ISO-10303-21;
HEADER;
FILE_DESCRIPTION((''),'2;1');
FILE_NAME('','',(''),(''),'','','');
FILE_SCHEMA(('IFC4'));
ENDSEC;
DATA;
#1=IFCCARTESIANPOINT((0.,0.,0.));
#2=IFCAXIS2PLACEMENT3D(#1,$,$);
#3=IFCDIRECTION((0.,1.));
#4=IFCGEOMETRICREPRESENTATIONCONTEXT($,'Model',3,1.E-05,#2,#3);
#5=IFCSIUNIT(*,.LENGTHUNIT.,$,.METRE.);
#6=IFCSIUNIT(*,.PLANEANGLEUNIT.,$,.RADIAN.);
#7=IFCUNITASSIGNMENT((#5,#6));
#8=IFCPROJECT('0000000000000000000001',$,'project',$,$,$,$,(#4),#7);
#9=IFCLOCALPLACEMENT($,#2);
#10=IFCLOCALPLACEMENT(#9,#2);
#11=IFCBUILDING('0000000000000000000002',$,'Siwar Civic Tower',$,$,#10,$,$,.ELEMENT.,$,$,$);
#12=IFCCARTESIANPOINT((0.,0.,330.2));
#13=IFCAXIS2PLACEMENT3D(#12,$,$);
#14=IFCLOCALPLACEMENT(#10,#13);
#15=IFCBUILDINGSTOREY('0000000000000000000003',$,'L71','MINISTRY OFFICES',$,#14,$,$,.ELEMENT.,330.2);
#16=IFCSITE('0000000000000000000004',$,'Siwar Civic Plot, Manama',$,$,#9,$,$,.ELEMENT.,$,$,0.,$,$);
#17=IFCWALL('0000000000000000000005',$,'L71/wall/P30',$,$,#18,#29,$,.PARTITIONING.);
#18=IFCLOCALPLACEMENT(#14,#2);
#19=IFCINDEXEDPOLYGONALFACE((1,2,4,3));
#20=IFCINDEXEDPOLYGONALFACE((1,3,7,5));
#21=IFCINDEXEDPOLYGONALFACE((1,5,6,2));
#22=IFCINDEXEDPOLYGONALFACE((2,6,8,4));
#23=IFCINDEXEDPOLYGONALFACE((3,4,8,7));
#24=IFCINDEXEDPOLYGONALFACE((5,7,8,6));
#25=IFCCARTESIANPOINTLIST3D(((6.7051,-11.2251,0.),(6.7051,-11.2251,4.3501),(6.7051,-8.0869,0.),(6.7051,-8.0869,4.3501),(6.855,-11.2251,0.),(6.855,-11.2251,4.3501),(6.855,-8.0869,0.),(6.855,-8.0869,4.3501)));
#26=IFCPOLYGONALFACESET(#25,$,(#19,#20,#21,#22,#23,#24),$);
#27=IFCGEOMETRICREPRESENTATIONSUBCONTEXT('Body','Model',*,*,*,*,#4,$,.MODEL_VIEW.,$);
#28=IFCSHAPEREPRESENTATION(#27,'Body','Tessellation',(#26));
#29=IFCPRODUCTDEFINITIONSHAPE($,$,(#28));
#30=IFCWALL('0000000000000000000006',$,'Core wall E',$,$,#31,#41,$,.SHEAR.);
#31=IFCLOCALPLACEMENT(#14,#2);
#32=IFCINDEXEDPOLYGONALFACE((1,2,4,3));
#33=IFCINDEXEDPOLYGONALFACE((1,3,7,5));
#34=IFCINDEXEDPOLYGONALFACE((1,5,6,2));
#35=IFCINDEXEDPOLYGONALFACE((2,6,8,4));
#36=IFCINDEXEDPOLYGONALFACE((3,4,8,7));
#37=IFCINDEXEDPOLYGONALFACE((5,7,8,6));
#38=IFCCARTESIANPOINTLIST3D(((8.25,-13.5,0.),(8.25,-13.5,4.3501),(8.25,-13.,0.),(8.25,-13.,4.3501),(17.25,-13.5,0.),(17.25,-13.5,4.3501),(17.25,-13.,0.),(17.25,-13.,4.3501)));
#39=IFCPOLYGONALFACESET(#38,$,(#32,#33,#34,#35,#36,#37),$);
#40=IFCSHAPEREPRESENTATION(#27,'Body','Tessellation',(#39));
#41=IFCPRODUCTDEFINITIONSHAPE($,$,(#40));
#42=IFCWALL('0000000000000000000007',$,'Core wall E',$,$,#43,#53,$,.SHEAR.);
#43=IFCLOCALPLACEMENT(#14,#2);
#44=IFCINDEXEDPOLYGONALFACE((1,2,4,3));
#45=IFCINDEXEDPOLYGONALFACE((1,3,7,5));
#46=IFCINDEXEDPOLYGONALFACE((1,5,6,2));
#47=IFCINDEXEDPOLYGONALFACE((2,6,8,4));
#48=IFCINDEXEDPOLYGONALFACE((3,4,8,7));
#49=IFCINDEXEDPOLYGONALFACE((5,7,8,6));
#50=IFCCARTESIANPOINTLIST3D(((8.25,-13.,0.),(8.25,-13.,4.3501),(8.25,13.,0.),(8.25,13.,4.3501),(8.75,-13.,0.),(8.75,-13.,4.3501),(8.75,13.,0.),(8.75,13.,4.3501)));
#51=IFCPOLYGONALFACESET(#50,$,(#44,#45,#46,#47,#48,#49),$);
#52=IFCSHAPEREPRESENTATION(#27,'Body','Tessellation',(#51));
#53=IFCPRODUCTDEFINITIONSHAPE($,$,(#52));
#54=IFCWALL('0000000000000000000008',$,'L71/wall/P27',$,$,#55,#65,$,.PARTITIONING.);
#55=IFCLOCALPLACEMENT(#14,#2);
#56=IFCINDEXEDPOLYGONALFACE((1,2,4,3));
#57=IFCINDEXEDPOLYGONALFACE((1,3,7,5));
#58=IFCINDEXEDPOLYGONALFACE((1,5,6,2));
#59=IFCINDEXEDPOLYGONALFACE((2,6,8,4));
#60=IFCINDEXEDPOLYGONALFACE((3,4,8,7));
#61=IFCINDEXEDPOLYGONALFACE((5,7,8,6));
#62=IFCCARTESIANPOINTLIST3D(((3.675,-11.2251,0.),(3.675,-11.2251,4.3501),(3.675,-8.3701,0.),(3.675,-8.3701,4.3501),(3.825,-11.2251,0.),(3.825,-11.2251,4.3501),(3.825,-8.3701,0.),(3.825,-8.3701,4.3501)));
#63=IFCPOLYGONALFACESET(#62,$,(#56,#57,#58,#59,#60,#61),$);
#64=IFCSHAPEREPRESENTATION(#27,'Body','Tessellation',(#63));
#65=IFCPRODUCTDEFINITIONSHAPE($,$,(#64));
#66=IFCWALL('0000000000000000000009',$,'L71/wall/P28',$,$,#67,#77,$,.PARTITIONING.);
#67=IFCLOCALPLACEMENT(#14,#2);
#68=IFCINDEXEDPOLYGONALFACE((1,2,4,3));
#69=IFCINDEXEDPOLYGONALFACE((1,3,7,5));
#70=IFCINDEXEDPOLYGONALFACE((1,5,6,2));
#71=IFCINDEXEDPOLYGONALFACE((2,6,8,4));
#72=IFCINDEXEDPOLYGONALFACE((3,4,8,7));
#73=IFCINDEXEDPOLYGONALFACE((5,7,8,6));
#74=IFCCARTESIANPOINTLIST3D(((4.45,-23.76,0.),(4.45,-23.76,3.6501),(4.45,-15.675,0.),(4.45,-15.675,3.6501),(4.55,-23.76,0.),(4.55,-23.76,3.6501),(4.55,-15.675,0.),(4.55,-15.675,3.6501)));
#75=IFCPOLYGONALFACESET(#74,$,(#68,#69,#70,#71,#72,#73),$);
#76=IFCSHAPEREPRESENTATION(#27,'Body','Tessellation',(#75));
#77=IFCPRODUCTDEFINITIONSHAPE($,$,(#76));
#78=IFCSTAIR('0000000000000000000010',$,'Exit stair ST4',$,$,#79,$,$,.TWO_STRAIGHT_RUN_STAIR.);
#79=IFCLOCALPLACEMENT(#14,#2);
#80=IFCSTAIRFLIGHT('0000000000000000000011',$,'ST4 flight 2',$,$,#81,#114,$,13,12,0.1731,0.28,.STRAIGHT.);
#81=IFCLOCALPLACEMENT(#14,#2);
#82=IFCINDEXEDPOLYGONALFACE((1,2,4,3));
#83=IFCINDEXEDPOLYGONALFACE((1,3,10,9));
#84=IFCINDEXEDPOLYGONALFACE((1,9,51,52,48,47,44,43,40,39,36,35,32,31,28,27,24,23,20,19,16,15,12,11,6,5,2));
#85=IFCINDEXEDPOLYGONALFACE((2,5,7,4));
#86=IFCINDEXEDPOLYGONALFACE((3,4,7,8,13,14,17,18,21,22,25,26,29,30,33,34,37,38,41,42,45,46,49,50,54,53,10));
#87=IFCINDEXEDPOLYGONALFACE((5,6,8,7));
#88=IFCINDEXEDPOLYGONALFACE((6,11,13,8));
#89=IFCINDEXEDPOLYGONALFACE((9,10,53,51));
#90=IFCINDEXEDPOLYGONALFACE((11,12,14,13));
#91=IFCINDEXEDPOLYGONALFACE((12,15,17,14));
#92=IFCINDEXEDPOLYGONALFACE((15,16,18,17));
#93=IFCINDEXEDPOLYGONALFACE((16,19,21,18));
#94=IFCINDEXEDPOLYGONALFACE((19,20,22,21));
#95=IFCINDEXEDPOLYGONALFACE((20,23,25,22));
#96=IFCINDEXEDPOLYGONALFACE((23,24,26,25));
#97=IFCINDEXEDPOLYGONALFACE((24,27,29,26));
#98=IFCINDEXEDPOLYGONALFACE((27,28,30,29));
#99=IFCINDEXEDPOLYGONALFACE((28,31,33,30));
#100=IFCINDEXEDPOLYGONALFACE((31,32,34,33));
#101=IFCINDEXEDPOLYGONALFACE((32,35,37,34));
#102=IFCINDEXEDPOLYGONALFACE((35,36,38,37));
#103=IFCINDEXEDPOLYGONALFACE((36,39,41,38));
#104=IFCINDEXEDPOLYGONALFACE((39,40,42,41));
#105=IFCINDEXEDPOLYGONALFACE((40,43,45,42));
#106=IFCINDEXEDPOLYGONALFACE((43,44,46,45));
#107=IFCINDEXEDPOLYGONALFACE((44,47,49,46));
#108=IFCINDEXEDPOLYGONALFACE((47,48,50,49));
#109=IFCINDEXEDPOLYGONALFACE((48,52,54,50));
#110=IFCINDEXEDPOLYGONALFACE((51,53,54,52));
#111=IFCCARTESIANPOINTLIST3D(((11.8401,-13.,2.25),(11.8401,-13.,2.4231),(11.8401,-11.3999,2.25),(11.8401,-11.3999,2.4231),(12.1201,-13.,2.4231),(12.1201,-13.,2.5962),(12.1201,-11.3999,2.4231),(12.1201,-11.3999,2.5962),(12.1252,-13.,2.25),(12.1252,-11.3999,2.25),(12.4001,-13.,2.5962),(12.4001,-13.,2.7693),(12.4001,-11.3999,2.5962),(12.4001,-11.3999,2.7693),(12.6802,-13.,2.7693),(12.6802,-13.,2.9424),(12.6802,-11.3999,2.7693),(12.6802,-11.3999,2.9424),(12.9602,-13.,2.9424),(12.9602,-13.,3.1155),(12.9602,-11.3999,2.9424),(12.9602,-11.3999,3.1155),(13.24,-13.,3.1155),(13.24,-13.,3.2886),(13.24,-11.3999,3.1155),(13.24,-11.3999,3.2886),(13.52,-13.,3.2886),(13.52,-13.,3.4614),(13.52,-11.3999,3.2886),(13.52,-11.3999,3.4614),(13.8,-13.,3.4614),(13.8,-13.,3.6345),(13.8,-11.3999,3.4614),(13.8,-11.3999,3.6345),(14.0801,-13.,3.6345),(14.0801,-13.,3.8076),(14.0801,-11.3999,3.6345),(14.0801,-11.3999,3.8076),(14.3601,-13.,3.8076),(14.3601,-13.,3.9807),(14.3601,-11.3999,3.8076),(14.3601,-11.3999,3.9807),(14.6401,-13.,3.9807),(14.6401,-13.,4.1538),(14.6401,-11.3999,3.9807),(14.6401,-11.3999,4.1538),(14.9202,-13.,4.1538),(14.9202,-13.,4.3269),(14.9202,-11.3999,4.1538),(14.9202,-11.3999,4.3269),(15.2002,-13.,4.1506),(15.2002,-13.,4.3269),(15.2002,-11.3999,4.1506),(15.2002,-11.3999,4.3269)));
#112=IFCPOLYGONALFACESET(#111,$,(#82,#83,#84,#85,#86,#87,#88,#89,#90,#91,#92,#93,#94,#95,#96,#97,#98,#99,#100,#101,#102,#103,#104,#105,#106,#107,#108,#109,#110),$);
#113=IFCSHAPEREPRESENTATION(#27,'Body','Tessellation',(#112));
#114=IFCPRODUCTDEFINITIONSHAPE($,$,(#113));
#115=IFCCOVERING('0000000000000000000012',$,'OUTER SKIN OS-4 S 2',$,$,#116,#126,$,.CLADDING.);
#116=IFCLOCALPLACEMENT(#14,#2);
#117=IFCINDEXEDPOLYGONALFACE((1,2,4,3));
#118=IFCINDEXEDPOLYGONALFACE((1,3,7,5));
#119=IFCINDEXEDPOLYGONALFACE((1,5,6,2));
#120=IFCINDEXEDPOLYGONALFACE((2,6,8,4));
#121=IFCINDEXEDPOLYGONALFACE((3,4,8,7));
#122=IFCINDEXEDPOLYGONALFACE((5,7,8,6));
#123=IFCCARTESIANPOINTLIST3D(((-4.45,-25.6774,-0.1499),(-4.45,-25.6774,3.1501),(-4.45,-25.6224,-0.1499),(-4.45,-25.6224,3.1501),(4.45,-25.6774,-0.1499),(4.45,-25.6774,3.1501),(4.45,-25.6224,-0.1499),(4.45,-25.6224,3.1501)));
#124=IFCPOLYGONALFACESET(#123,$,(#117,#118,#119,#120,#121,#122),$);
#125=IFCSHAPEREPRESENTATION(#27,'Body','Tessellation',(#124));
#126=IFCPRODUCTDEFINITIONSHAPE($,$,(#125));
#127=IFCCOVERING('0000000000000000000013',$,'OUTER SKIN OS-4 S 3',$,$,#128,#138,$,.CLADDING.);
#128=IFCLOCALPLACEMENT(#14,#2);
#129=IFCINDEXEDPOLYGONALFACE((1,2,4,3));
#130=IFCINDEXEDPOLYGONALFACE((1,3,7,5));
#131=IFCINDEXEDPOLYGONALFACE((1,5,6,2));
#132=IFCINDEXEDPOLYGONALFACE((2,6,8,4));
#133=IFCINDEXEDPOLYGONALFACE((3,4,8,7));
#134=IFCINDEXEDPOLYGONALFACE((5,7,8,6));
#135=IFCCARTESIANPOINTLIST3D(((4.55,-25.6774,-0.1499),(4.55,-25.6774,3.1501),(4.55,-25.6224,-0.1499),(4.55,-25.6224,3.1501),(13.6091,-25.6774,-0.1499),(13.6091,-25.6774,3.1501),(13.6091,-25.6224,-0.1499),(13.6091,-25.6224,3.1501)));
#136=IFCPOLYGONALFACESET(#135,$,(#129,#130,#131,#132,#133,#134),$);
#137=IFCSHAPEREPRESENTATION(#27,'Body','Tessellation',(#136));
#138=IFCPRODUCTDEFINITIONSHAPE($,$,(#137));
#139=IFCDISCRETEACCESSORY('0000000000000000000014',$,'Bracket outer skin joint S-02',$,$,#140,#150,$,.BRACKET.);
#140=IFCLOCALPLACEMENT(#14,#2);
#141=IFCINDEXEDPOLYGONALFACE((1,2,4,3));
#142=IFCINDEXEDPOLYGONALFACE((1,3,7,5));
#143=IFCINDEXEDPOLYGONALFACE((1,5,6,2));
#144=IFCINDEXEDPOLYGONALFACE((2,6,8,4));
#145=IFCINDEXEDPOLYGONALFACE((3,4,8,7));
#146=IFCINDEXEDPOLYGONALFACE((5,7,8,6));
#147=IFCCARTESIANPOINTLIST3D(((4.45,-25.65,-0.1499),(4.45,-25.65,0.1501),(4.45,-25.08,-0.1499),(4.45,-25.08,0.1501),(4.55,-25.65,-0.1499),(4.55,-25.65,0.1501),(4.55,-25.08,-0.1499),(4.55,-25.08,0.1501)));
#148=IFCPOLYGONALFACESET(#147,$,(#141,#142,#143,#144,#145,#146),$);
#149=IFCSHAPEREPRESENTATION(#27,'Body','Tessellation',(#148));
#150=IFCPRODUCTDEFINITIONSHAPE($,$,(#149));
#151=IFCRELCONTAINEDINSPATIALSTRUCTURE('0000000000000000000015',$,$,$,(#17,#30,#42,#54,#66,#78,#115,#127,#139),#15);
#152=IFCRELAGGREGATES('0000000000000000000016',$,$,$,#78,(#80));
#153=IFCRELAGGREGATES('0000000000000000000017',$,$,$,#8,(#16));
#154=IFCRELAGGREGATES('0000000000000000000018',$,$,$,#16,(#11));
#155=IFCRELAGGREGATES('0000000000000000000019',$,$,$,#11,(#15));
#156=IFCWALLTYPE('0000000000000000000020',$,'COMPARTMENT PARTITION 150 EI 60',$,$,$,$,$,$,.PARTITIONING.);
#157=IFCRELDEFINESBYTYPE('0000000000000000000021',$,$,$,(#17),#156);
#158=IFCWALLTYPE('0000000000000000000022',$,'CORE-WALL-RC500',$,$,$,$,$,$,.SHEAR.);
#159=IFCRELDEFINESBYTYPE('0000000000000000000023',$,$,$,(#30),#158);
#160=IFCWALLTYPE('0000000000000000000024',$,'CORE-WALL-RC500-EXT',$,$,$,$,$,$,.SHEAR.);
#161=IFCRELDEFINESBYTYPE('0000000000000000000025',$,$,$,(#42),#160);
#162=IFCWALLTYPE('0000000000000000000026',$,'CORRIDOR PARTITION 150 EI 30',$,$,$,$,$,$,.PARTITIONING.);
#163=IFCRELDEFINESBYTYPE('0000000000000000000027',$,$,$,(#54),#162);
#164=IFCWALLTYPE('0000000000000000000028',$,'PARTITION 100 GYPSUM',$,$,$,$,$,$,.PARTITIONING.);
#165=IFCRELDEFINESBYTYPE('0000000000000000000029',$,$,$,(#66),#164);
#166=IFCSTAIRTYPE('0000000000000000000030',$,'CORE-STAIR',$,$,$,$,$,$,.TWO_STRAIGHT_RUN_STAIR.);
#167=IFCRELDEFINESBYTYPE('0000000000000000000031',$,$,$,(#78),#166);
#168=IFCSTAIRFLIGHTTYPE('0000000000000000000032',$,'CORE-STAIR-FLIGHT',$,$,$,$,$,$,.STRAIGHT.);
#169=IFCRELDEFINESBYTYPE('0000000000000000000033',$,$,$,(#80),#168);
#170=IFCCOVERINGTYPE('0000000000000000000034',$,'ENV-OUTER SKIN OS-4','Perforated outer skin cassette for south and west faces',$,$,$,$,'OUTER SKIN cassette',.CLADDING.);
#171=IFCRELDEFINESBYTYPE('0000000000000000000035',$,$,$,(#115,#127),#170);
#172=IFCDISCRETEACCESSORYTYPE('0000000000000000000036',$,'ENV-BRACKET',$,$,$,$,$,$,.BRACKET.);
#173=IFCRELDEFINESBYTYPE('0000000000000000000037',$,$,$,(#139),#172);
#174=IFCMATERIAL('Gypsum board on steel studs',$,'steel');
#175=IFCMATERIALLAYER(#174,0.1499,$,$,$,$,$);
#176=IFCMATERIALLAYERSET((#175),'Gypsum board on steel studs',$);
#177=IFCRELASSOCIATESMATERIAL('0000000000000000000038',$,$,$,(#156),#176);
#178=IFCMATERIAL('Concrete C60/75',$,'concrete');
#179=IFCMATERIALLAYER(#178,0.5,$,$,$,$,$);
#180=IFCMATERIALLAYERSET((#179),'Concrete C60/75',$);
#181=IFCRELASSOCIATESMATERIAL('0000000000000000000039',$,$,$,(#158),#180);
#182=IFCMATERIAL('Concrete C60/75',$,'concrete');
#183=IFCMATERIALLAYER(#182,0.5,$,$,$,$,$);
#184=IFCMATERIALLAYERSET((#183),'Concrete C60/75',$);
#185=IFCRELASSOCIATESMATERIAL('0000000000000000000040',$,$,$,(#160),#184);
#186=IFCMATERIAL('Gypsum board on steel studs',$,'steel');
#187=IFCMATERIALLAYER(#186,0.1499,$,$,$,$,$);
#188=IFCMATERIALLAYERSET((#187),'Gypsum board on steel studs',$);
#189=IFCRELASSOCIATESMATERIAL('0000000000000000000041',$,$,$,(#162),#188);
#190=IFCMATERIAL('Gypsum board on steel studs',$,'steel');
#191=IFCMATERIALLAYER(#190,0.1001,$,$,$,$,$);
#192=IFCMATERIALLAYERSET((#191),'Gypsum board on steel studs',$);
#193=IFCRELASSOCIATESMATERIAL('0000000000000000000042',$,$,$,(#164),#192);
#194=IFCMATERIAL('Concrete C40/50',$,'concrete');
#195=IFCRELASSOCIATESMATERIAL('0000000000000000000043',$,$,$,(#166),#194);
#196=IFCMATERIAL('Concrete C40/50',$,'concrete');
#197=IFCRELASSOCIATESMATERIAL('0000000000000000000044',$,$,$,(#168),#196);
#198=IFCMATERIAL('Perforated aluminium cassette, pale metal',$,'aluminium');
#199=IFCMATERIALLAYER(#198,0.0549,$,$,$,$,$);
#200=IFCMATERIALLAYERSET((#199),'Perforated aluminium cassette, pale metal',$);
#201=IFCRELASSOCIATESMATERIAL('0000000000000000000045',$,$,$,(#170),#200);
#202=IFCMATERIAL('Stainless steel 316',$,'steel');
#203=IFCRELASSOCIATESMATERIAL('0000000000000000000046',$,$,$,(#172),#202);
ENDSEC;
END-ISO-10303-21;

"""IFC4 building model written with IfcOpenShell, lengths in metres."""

from ifc_helpers import new_model, si_unit, direction, frame, frame_2d, origin, origin_2d, place, context, subcontext, project, spatial, polyline, rectangle, outline, extrude, material, layer, layer_set, type_object, element, aggregate, save


model = new_model("IFC4")

# Units and contexts
model_context = context("Model", 3, precision=1e-05, world=origin(), true_north=direction((0.0, 1.0)))
body_context = subcontext(model_context, "Body", "Model", "MODEL_VIEW")
ifc_project = project(units=[si_unit("LENGTHUNIT", "METRE"), si_unit("PLANEANGLEUNIT", "RADIAN")], contexts=[model_context])

# Site, building, storey
site_placement = place(None, origin())
site = spatial("IfcSite", under=ifc_project, at=site_placement, Name="Siwar Civic Plot, Manama", CompositionType="ELEMENT", RefElevation=0.0)
building_placement = place(site_placement, origin())
building = spatial("IfcBuilding", under=site, at=building_placement, Name="Siwar Civic Tower", CompositionType="ELEMENT")
storey_placement = place(building_placement, frame((0.0, 0.0, 330.2)))
storey = spatial("IfcBuildingStorey", under=building, at=storey_placement, Name="L71", Description="MINISTRY OFFICES", CompositionType="ELEMENT", Elevation=330.2)

# Shared definitions
ifc_material_1 = material(Name="Gypsum board on steel studs", Category="steel")
ifc_layer_1 = layer(ifc_material_1, 0.1499)
ifc_layer_set_1 = layer_set([ifc_layer_1], Name="Gypsum board on steel studs")
wall_type_1 = type_object("IfcWallType", Name="COMPARTMENT PARTITION 150 EI 60", PredefinedType="PARTITIONING", material=ifc_layer_set_1)

# Walls
wall_1_placement = place(storey_placement, frame((6.78, -11.2251, 0.0), z_axis=(0.0, 0.0, 1.0), x_axis=(0.0, 1.0, 0.0)))
element("IfcWall", 1, at=wall_1_placement, inside=storey, type_object=wall_type_1, Name="L71/wall/P30", PredefinedType="PARTITIONING", context=body_context, shape_type="SweptSolid", body=[
    extrude(rectangle(XDim=3.1382, YDim=0.1499, at=frame_2d((1.5691, 0.0))), origin(), (0.0, 0.0, 1.0), 4.3501),
])
ifc_material_2 = material(Name="Concrete C60/75", Category="concrete")
ifc_layer_2 = layer(ifc_material_2, 0.5)
ifc_layer_set_2 = layer_set([ifc_layer_2], Name="Concrete C60/75")
wall_type_2 = type_object("IfcWallType", Name="CORE-WALL-RC500", PredefinedType="SHEAR", material=ifc_layer_set_2)
wall_2_placement = place(storey_placement, frame((8.25, -13.25, 0.0), z_axis=(0.0, 0.0, 1.0), x_axis=(1.0, 0.0, 0.0)))
element("IfcWall", 2, at=wall_2_placement, inside=storey, type_object=wall_type_2, Name="Core wall E", PredefinedType="SHEAR", context=body_context, shape_type="SweptSolid", body=[
    extrude(rectangle(XDim=9.0, YDim=0.5, at=frame_2d((4.5, 0.0))), origin(), (0.0, 0.0, 1.0), 4.3501),
])
ifc_material_3 = material(Name="Concrete C60/75", Category="concrete")
ifc_layer_3 = layer(ifc_material_3, 0.5)
ifc_layer_set_3 = layer_set([ifc_layer_3], Name="Concrete C60/75")
wall_type_3 = type_object("IfcWallType", Name="CORE-WALL-RC500-EXT", PredefinedType="SHEAR", material=ifc_layer_set_3)
wall_3_placement = place(storey_placement, frame((8.5, -13.0, 0.0), z_axis=(0.0, 0.0, 1.0), x_axis=(0.0, 1.0, 0.0)))
element("IfcWall", 3, at=wall_3_placement, inside=storey, type_object=wall_type_3, Name="Core wall E", PredefinedType="SHEAR", context=body_context, shape_type="SweptSolid", body=[
    extrude(rectangle(XDim=26.0, YDim=0.5, at=frame_2d((13.0, 0.0))), origin(), (0.0, 0.0, 1.0), 4.3501),
])
ifc_material_4 = material(Name="Gypsum board on steel studs", Category="steel")
ifc_layer_4 = layer(ifc_material_4, 0.1499)
ifc_layer_set_4 = layer_set([ifc_layer_4], Name="Gypsum board on steel studs")
wall_type_4 = type_object("IfcWallType", Name="CORRIDOR PARTITION 150 EI 30", PredefinedType="PARTITIONING", material=ifc_layer_set_4)
wall_4_placement = place(storey_placement, frame((3.75, -11.2251, 0.0), z_axis=(0.0, 0.0, 1.0), x_axis=(0.0, 1.0, 0.0)))
element("IfcWall", 4, at=wall_4_placement, inside=storey, type_object=wall_type_4, Name="L71/wall/P27", PredefinedType="PARTITIONING", context=body_context, shape_type="SweptSolid", body=[
    extrude(rectangle(XDim=2.855, YDim=0.1499, at=frame_2d((1.4275, 0.0))), origin(), (0.0, 0.0, 1.0), 4.3501),
])
ifc_material_5 = material(Name="Gypsum board on steel studs", Category="steel")
ifc_layer_5 = layer(ifc_material_5, 0.1001)
ifc_layer_set_5 = layer_set([ifc_layer_5], Name="Gypsum board on steel studs")
wall_type_5 = type_object("IfcWallType", Name="PARTITION 100 GYPSUM", PredefinedType="PARTITIONING", material=ifc_layer_set_5)
wall_5_placement = place(storey_placement, frame((4.5, -23.76, 0.0), z_axis=(0.0, 0.0, 1.0), x_axis=(0.0, 1.0, 0.0)))
element("IfcWall", 5, at=wall_5_placement, inside=storey, type_object=wall_type_5, Name="L71/wall/P28", PredefinedType="PARTITIONING", context=body_context, shape_type="SweptSolid", body=[
    extrude(rectangle(XDim=8.085, YDim=0.1001, at=frame_2d((4.0425, 0.0))), origin(), (0.0, 0.0, 1.0), 3.6501),
])

# Stair, stair flight
ifc_material_6 = material(Name="Concrete C40/50", Category="concrete")
stair_type = type_object("IfcStairType", Name="CORE-STAIR", PredefinedType="TWO_STRAIGHT_RUN_STAIR", material=ifc_material_6)
stair_placement = place(storey_placement, origin())
stair = element("IfcStair", 6, at=stair_placement, inside=storey, type_object=stair_type, Name="Exit stair ST4", PredefinedType="TWO_STRAIGHT_RUN_STAIR")
ifc_material_7 = material(Name="Concrete C40/50", Category="concrete")
stair_flight_type = type_object("IfcStairFlightType", Name="CORE-STAIR-FLIGHT", PredefinedType="STRAIGHT", material=ifc_material_7)
stair_flight_placement = place(storey_placement, frame((11.8401, -12.2, 2.25), z_axis=(0.0, 0.0, 1.0), x_axis=(1.0, 0.0, 0.0)))
stair_flight = element("IfcStairFlight", 7, at=stair_flight_placement, type_object=stair_flight_type, Name="ST4 flight 2", NumberOfRisers=13, NumberOfTreads=12, PredefinedType="STRAIGHT", RiserHeight=0.1731, TreadLength=0.28, context=body_context, shape_type="SweptSolid", body=[
    extrude(outline(polyline([(0.0, 0.0), (0.0, 0.1731), (0.28, 0.1731), (0.28, 0.3462), (0.5601, 0.3462), (0.5601, 0.5193), (0.8401, 0.5193), (0.8401, 0.6924), (1.1201, 0.6924), (1.1201, 0.8655), (1.3999, 0.8655), (1.3999, 1.0386), (1.6799, 1.0386), (1.6799, 1.2114), (1.96, 1.2114), (1.96, 1.3845), (2.24, 1.3845), (2.24, 1.5576), (2.52, 1.5576), (2.52, 1.7307), (2.8, 1.7307), (2.8, 1.9038), (3.0801, 1.9038), (3.0801, 2.0769), (3.3601, 2.0769), (3.3601, 2.25), (3.3601, 1.9006), (0.2852, 0.0), (0.0, 0.0)])), frame((0.0, 0.8, 0.0), z_axis=(0.0, -1.0, 0.0), x_axis=(1.0, 0.0, 0.0)), (0.0, 0.0, 1.0), 1.6001),
])
aggregate(stair, [stair_flight])

# Coverings
ifc_material_8 = material(Name="Perforated aluminium cassette, pale metal", Category="aluminium")
ifc_layer_6 = layer(ifc_material_8, 0.0549)
ifc_layer_set_6 = layer_set([ifc_layer_6], Name="Perforated aluminium cassette, pale metal")
covering_type = type_object("IfcCoveringType", Name="ENV-OUTER SKIN OS-4", Description="Perforated outer skin cassette for south and west faces", ElementType="OUTER SKIN cassette", PredefinedType="CLADDING", material=ifc_layer_set_6)
covering_1_placement = place(storey_placement, frame((0.0, -25.6499, -0.1499), z_axis=(0.0, 0.0, 1.0), x_axis=(1.0, 0.0, 0.0)))
element("IfcCovering", 8, at=covering_1_placement, inside=storey, type_object=covering_type, Name="OUTER SKIN OS-4 S 2", PredefinedType="CLADDING", context=body_context, shape_type="SweptSolid", body=[
    extrude(rectangle(XDim=8.8999, YDim=0.0549, at=origin_2d()), origin(), (0.0, 0.0, 1.0), 3.3),
])
covering_2_placement = place(storey_placement, frame((9.0796, -25.6499, -0.1499), z_axis=(0.0, 0.0, 1.0), x_axis=(1.0, 0.0, 0.0)))
element("IfcCovering", 9, at=covering_2_placement, inside=storey, type_object=covering_type, Name="OUTER SKIN OS-4 S 3", PredefinedType="CLADDING", context=body_context, shape_type="SweptSolid", body=[
    extrude(rectangle(XDim=9.0591, YDim=0.0549, at=origin_2d()), origin(), (0.0, 0.0, 1.0), 3.3),
])

# Discrete accessory
ifc_material_9 = material(Name="Stainless steel 316", Category="steel")
discrete_accessory_type = type_object("IfcDiscreteAccessoryType", Name="ENV-BRACKET", PredefinedType="BRACKET", material=ifc_material_9)
discrete_accessory_placement = place(storey_placement, frame((4.5, -25.365, -0.1499), z_axis=(0.0, 0.0, 1.0), x_axis=(0.0, -1.0, 0.0)))
element("IfcDiscreteAccessory", 10, at=discrete_accessory_placement, inside=storey, type_object=discrete_accessory_type, Name="Bracket outer skin joint S-02", PredefinedType="BRACKET", context=body_context, shape_type="SweptSolid", body=[
    extrude(rectangle(XDim=0.5701, YDim=0.1001, at=origin_2d()), origin(), (0.0, 0.0, 1.0), 0.3),
])

save(model, "model.ifc")
